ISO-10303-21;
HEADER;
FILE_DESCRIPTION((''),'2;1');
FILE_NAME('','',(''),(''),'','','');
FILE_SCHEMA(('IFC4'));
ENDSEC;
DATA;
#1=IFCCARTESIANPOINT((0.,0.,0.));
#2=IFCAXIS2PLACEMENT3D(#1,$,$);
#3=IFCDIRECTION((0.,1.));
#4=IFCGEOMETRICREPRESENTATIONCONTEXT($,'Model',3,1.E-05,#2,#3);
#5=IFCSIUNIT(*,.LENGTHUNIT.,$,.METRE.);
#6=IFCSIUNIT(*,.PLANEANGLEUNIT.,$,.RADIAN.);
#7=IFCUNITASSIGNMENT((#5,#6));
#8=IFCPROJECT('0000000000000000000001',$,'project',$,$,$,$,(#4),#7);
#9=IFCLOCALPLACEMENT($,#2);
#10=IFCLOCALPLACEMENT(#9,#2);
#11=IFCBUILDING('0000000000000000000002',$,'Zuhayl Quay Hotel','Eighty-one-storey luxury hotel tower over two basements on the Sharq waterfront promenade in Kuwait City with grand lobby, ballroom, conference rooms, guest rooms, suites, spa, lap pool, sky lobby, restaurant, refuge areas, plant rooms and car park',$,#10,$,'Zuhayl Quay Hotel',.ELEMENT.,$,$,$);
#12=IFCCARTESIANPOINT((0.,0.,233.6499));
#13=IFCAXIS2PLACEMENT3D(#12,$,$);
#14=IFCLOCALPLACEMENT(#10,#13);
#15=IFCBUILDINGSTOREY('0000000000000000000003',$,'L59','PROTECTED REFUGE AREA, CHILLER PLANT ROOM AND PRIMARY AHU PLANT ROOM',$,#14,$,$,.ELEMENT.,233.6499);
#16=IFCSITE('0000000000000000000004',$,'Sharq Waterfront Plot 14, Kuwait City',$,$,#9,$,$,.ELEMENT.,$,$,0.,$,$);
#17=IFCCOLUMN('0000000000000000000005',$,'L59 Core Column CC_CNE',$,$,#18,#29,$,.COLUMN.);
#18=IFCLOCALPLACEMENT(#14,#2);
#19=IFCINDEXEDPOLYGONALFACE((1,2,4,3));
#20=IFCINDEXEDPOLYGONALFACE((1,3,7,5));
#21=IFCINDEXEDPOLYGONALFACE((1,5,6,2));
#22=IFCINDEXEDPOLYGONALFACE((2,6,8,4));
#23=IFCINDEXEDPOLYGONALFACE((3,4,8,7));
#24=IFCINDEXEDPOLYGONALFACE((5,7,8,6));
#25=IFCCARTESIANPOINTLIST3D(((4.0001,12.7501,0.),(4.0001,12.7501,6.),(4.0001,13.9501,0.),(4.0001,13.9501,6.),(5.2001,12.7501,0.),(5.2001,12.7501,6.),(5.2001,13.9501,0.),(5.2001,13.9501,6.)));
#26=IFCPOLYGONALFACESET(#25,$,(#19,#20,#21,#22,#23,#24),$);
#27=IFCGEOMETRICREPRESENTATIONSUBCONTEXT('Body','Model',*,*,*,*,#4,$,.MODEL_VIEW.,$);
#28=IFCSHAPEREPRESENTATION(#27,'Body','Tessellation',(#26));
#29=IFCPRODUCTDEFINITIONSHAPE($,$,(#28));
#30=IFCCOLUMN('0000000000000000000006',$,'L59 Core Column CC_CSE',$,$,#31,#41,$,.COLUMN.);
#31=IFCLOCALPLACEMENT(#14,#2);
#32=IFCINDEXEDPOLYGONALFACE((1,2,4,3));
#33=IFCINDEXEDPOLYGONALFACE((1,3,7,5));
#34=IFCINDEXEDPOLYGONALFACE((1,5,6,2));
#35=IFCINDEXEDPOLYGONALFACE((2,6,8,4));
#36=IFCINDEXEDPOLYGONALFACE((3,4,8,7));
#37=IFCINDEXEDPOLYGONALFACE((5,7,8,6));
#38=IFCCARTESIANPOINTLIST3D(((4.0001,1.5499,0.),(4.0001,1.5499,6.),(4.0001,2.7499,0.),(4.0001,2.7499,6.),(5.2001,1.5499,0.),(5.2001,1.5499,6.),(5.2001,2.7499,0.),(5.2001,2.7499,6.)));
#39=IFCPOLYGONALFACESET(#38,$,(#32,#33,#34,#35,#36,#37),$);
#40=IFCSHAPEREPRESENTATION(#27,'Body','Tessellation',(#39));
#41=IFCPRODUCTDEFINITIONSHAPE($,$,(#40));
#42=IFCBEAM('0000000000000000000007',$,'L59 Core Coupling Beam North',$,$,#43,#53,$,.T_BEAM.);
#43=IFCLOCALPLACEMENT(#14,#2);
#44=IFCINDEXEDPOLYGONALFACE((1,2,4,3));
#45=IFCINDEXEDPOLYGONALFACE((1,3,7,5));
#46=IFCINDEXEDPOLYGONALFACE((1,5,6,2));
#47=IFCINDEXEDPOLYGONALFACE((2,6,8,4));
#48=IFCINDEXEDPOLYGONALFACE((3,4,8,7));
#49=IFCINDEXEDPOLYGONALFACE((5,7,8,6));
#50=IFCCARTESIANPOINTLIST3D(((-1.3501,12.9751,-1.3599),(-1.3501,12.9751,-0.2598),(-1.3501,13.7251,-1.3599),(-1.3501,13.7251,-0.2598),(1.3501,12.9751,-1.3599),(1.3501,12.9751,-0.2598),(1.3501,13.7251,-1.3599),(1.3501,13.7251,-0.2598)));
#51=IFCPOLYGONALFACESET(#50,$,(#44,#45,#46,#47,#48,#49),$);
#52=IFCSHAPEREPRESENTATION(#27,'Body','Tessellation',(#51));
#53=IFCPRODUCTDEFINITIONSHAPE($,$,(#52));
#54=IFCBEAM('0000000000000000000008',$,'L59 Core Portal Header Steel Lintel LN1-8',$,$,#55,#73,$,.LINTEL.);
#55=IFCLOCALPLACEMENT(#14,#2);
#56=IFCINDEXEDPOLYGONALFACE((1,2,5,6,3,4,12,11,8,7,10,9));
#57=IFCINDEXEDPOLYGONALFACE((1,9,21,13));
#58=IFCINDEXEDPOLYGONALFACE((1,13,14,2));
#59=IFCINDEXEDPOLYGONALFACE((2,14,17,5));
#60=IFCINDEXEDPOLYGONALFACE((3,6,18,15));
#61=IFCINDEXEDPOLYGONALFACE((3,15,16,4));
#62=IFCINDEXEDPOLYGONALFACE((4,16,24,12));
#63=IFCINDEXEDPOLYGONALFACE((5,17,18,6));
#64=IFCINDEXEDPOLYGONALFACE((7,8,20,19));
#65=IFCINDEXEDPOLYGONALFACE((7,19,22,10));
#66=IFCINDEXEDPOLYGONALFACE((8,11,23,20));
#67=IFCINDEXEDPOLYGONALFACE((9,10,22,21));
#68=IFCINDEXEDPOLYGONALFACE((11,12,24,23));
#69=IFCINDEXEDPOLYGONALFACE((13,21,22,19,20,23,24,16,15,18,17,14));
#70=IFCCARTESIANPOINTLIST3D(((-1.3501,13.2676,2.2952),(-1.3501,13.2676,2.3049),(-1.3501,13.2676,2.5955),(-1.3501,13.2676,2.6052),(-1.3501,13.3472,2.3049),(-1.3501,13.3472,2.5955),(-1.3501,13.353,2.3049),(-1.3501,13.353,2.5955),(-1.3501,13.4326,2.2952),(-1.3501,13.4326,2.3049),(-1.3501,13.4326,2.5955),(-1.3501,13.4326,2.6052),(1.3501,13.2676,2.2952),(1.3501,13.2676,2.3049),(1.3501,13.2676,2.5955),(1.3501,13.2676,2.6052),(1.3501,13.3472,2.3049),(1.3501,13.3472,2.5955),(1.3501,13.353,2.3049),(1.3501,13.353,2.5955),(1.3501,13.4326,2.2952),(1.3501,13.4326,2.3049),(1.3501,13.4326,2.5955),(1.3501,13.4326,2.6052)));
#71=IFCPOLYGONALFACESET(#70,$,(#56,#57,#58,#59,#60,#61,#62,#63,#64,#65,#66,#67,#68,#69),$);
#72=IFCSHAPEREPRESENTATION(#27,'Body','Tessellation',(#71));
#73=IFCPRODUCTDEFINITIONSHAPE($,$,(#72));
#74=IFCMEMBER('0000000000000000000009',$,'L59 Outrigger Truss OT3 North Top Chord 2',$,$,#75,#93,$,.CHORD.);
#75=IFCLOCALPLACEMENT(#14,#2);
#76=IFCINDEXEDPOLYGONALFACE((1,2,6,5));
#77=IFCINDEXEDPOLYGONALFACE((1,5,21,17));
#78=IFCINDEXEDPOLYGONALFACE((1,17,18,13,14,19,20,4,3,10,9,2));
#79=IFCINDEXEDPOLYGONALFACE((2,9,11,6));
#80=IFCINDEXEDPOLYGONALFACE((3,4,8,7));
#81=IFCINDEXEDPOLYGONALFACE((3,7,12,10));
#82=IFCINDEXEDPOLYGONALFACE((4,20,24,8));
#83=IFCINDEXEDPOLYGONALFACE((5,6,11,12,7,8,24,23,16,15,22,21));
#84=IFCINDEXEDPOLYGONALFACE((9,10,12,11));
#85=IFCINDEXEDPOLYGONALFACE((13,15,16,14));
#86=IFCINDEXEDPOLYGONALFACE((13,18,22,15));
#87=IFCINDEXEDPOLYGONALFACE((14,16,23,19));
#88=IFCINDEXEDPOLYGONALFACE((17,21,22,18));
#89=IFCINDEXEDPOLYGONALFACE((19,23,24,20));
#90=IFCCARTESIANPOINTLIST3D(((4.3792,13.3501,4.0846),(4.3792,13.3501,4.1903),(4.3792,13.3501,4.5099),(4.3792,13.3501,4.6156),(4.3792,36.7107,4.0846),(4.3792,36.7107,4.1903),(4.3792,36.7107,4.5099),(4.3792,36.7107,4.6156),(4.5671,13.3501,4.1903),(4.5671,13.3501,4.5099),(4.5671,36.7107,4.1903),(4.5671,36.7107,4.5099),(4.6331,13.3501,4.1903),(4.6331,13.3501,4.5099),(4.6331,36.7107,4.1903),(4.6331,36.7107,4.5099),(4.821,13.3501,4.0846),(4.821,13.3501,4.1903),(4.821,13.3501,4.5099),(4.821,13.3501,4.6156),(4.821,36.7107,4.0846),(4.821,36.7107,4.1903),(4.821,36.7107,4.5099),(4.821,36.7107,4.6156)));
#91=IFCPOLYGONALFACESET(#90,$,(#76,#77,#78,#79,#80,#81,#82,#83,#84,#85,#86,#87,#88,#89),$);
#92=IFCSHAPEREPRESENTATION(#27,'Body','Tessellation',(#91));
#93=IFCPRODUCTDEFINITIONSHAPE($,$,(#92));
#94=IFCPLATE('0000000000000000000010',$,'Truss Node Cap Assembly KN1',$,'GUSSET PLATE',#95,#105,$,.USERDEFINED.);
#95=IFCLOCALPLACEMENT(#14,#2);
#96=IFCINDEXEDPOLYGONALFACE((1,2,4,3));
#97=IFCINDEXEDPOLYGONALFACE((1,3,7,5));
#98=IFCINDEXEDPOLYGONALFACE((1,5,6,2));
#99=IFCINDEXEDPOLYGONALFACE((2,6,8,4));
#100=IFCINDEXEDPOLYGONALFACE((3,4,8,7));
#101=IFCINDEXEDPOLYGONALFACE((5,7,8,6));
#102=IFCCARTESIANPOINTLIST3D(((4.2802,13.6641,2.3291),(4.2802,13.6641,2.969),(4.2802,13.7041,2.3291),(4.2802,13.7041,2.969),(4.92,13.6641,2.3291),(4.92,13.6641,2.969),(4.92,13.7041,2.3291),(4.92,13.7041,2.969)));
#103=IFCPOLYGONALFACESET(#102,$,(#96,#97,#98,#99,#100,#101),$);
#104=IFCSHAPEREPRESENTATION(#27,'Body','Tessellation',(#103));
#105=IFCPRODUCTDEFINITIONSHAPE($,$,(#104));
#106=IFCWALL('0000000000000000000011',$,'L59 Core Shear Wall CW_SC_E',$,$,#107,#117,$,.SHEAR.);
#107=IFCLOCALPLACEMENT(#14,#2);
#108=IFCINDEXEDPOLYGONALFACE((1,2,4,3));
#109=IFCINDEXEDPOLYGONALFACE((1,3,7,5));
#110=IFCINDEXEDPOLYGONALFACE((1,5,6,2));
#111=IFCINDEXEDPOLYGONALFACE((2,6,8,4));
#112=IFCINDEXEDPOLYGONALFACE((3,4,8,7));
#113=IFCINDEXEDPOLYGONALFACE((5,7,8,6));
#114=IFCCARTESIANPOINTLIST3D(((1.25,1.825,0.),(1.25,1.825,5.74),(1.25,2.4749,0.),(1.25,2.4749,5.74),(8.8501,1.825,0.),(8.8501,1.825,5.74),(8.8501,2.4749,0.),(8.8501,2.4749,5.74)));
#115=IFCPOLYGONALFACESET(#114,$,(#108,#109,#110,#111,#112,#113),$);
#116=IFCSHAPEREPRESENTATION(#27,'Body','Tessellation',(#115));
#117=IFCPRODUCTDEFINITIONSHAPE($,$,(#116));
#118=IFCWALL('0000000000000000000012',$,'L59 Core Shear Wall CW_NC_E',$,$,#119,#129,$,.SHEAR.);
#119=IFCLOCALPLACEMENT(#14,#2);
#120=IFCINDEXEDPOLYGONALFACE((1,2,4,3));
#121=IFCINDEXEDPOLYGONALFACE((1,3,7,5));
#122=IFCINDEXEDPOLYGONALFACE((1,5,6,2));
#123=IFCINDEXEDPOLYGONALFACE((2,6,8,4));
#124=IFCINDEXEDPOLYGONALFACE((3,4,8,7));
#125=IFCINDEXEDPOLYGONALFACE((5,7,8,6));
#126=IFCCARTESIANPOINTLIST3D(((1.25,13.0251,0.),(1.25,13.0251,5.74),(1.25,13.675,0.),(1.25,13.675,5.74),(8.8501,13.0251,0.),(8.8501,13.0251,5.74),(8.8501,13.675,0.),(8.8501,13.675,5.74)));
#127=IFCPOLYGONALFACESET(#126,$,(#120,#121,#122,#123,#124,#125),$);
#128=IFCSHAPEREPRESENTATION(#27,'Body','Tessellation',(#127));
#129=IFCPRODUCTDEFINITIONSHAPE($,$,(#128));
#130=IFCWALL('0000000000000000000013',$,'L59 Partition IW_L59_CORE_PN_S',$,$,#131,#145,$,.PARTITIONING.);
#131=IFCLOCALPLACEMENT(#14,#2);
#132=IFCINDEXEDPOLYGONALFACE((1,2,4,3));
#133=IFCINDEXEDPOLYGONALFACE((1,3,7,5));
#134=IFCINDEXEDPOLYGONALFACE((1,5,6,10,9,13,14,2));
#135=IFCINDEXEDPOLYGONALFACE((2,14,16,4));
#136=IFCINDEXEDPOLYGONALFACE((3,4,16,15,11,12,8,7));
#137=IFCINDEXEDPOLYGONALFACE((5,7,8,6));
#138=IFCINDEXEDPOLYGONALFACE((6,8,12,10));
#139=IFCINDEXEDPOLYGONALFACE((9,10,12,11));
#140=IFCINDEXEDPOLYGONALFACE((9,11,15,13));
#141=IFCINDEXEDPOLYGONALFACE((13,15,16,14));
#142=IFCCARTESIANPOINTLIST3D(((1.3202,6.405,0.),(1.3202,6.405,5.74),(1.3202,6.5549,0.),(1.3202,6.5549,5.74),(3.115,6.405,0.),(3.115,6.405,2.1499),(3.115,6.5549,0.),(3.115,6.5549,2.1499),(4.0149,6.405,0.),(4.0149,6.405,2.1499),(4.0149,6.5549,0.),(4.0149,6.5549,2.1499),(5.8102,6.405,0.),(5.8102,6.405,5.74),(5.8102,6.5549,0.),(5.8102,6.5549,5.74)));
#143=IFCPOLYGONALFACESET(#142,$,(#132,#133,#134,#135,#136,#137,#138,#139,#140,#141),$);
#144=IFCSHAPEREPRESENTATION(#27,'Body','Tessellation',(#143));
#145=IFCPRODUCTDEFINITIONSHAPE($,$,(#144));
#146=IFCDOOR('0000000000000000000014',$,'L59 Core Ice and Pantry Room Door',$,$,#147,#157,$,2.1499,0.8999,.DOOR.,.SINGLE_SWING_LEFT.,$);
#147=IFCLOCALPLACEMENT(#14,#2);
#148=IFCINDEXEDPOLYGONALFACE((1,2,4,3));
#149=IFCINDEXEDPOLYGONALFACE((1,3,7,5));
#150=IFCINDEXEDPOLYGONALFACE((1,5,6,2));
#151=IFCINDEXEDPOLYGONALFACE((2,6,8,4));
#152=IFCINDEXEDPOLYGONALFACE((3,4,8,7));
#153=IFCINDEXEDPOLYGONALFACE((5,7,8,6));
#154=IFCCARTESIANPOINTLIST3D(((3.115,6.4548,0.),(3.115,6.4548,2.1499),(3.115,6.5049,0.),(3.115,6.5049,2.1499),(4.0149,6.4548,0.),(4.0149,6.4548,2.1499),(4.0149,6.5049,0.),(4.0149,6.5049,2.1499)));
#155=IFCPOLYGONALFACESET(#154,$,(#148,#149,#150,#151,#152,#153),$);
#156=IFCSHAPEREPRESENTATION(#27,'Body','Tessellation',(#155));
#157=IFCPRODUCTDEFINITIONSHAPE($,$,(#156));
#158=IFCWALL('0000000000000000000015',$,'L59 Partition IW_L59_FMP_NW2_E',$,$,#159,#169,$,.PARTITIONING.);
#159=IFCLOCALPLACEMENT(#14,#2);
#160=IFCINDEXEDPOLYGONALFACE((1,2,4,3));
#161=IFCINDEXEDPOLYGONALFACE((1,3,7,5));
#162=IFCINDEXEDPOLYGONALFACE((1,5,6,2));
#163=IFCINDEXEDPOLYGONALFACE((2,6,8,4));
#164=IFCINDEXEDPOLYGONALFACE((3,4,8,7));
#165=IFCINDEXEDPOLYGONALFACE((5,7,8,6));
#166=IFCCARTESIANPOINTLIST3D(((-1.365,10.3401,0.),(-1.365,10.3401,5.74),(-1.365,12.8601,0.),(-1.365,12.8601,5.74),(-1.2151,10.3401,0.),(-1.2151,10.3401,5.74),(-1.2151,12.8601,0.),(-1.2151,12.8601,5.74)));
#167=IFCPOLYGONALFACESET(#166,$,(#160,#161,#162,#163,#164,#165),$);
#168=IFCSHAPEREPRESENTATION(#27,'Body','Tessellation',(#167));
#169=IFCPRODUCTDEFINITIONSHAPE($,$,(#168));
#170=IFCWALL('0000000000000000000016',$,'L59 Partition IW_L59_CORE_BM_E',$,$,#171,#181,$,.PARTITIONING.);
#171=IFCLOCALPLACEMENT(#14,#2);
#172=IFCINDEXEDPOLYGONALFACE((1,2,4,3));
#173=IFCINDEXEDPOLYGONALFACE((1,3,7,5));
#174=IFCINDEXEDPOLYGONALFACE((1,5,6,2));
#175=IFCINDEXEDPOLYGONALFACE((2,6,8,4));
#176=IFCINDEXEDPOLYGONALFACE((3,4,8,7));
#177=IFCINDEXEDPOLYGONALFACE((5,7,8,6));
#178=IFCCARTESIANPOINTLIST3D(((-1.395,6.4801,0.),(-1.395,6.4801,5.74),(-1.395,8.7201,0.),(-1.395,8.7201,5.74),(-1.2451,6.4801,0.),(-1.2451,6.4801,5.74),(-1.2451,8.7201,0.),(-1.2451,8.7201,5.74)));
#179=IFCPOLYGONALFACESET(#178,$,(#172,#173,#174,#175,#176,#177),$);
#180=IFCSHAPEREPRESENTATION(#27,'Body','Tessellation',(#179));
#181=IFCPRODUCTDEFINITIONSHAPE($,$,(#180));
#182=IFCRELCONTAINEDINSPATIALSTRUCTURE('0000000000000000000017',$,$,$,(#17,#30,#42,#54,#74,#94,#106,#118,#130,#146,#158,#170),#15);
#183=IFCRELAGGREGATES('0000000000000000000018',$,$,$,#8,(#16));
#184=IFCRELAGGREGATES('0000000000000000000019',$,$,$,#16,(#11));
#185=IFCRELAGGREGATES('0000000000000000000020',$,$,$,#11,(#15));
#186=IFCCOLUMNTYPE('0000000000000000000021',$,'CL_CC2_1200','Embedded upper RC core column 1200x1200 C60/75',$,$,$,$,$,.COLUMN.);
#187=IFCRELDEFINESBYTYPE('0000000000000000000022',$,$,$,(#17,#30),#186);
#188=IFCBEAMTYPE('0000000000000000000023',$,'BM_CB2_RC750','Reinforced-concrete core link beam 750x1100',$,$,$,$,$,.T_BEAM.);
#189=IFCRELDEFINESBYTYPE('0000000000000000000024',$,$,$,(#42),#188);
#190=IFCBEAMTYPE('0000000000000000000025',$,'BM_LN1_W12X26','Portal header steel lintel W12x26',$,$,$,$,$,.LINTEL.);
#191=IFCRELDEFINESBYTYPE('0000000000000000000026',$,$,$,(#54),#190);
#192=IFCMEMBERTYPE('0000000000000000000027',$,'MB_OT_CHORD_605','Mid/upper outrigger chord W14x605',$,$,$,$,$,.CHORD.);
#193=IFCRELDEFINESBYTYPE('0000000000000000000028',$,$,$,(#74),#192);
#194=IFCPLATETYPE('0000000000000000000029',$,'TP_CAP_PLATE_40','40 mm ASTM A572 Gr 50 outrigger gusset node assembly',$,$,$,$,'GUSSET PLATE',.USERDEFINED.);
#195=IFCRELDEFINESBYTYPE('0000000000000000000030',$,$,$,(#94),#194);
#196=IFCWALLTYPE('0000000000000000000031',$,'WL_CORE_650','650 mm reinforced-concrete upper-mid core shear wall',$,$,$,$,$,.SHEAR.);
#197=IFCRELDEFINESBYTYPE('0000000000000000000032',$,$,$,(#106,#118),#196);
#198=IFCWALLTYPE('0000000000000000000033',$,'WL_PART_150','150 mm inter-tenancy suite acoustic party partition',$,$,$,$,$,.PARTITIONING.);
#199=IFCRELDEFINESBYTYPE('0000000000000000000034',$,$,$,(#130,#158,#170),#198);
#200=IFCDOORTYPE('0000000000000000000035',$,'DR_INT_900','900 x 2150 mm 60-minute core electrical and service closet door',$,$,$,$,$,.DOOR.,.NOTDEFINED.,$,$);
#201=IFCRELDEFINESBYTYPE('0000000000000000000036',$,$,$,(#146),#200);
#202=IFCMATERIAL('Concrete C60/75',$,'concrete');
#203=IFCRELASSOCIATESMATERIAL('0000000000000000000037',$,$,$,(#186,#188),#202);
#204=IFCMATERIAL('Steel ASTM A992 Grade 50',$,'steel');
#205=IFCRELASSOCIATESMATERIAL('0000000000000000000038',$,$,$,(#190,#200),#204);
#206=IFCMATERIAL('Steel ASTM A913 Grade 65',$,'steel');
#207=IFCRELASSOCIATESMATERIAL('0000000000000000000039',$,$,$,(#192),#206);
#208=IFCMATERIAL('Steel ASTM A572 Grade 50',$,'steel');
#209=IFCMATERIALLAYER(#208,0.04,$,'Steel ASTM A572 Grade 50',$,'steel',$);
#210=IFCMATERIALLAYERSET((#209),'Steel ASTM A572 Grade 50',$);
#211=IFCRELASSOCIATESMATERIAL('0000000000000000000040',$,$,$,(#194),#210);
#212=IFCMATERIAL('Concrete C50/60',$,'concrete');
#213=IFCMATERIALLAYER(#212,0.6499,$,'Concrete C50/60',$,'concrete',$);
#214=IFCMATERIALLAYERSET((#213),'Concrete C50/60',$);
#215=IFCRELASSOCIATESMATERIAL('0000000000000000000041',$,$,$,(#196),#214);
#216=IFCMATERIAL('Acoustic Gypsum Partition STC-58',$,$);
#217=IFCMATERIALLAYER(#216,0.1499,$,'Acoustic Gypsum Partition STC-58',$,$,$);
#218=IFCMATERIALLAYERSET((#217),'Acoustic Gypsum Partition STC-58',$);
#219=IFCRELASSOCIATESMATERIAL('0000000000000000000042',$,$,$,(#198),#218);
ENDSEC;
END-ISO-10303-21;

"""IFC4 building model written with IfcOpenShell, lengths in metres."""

from ifc_helpers import new_model, si_unit, direction, frame, frame_2d, origin, origin_2d, place, context, subcontext, project, spatial, rectangle, i_section, extrude, material, layer, layer_set, material_profile, profile_set, type_object, element, fill, save


model = new_model("IFC4")

# Units and contexts
model_context = context("Model", 3, precision=1e-05, world=origin(), true_north=direction((0.0, 1.0)))
body_context = subcontext(model_context, "Body", "Model", "MODEL_VIEW")
ifc_project = project(units=[si_unit("LENGTHUNIT", "METRE"), si_unit("PLANEANGLEUNIT", "RADIAN")], contexts=[model_context])

# Site, building, storey
site_placement = place(None, origin())
site = spatial("IfcSite", under=ifc_project, at=site_placement, Name="Sharq Waterfront Plot 14, Kuwait City", CompositionType="ELEMENT", RefElevation=0.0)
building_placement = place(site_placement, origin())
building = spatial("IfcBuilding", under=site, at=building_placement, Name="Zuhayl Quay Hotel", Description="Eighty-one-storey luxury hotel tower over two basements on the Sharq waterfront promenade in Kuwait City with grand lobby, ballroom, conference rooms, guest rooms, suites, spa, lap pool, sky lobby, restaurant, refuge areas, plant rooms and car park", LongName="Zuhayl Quay Hotel", CompositionType="ELEMENT")
storey_placement = place(building_placement, frame((0.0, 0.0, 233.6499)))
storey = spatial("IfcBuildingStorey", under=building, at=storey_placement, Name="L59", Description="PROTECTED REFUGE AREA, CHILLER PLANT ROOM AND PRIMARY AHU PLANT ROOM", CompositionType="ELEMENT", Elevation=233.6499)

# Columns
ifc_material_1 = material(Name="Concrete C60/75", Category="concrete")
ifc_material_profile_1 = material_profile(ifc_material_1, rectangle(XDim=1.2, YDim=1.2, at=origin_2d()), Name="RC1200X1200")
ifc_profile_set_1 = profile_set([ifc_material_profile_1], Name="Concrete C60/75")
column_type = type_object("IfcColumnType", Name="CL_CC2_1200", Description="Embedded upper RC core column 1200x1200 C60/75", PredefinedType="COLUMN", material=ifc_profile_set_1)
for number, where, z_axis, x_axis, name in (
    (1, (4.6001, 13.3501, 0.0), (0.0, 0.0, 1.0), (1.0, 0.0, 0.0), "L59 Core Column CC_CNE"),
    (2, (4.6001, 2.1499, 0.0), (0.0, 0.0, 1.0), (1.0, 0.0, 0.0), "L59 Core Column CC_CSE"),
):
    element("IfcColumn", number, at=place(storey_placement, frame(where, z_axis=z_axis, x_axis=x_axis)), inside=storey, type_object=column_type, Name=name, PredefinedType="COLUMN", context=body_context, shape_type="SweptSolid", body=[
        extrude(rectangle(XDim=1.2, YDim=1.2, at=origin_2d()), origin(), (0.0, 0.0, 1.0), 6.0),
    ])

# Beams
ifc_material_profile_2 = material_profile(ifc_material_1, rectangle(XDim=0.75, YDim=1.1001, at=origin_2d()), Name="RC750X1100")
ifc_profile_set_2 = profile_set([ifc_material_profile_2], Name="Concrete C60/75")
beam_type_1 = type_object("IfcBeamType", Name="BM_CB2_RC750", Description="Reinforced-concrete core link beam 750x1100", PredefinedType="T_BEAM", material=ifc_profile_set_2)
beam_1_placement = place(storey_placement, frame((-1.3501, 13.3501, -0.8098), z_axis=(1.0, 0.0, 0.0), x_axis=(0.0, 1.0, 0.0)))
element("IfcBeam", 3, at=beam_1_placement, inside=storey, type_object=beam_type_1, Name="L59 Core Coupling Beam North", PredefinedType="T_BEAM", context=body_context, shape_type="SweptSolid", body=[
    extrude(rectangle(XDim=0.75, YDim=1.1001, at=origin_2d()), origin(), (0.0, 0.0, 1.0), 2.7002),
])
ifc_material_2 = material(Name="Steel ASTM A992 Grade 50", Category="steel")
ifc_material_profile_3 = material_profile(ifc_material_2, i_section(OverallWidth=0.165, OverallDepth=0.3101, WebThickness=0.0059, FlangeThickness=0.0098, at=origin_2d()), Name="W12X26")
ifc_profile_set_3 = profile_set([ifc_material_profile_3], Name="Steel ASTM A992 Grade 50")
beam_type_2 = type_object("IfcBeamType", Name="BM_LN1_W12X26", Description="Portal header steel lintel W12x26", PredefinedType="LINTEL", material=ifc_profile_set_3)
beam_2_placement = place(storey_placement, frame((-1.3501, 13.3501, 2.4502), z_axis=(1.0, 0.0, 0.0), x_axis=(0.0, 1.0, 0.0)))
element("IfcBeam", 4, at=beam_2_placement, inside=storey, type_object=beam_type_2, Name="L59 Core Portal Header Steel Lintel LN1-8", PredefinedType="LINTEL", context=body_context, shape_type="SweptSolid", body=[
    extrude(i_section(OverallWidth=0.165, OverallDepth=0.3101, WebThickness=0.0059, FlangeThickness=0.0098, at=origin_2d()), origin(), (0.0, 0.0, 1.0), 2.7002),
])

# Member
ifc_material_3 = material(Name="Steel ASTM A913 Grade 65", Category="steel")
ifc_material_profile_4 = material_profile(ifc_material_3, i_section(OverallWidth=0.4419, OverallDepth=0.531, WebThickness=0.0659, FlangeThickness=0.1057, at=origin_2d()), Name="W14X605")
ifc_profile_set_4 = profile_set([ifc_material_profile_4], Name="Steel ASTM A913 Grade 65")
member_type = type_object("IfcMemberType", Name="MB_OT_CHORD_605", Description="Mid/upper outrigger chord W14x605", PredefinedType="CHORD", material=ifc_profile_set_4)
member_placement = place(storey_placement, frame((4.6001, 13.3501, 4.3501), z_axis=(0.0, 1.0, 0.0), x_axis=(-1.0, 0.0, 0.0)))
element("IfcMember", 5, at=member_placement, inside=storey, type_object=member_type, Name="L59 Outrigger Truss OT3 North Top Chord 2", PredefinedType="CHORD", context=body_context, shape_type="SweptSolid", body=[
    extrude(i_section(OverallWidth=0.4419, OverallDepth=0.531, WebThickness=0.0659, FlangeThickness=0.1057, at=origin_2d()), origin(), (0.0, 0.0, 1.0), 23.3606),
])

# Plate
ifc_material_4 = material(Name="Steel ASTM A572 Grade 50", Category="steel")
ifc_layer_1 = layer(ifc_material_4, 0.04, Name="Steel ASTM A572 Grade 50", Category="steel")
ifc_layer_set_1 = layer_set([ifc_layer_1], Name="Steel ASTM A572 Grade 50")
plate_type = type_object("IfcPlateType", Name="TP_CAP_PLATE_40", Description="40 mm ASTM A572 Gr 50 outrigger gusset node assembly", ElementType="GUSSET PLATE", PredefinedType="USERDEFINED", material=ifc_layer_set_1)
plate_placement = place(storey_placement, frame((4.6001, 13.6841, 2.3291), z_axis=(0.0, 0.0, 1.0), x_axis=(0.0, -1.0, 0.0)))
element("IfcPlate", 6, at=plate_placement, inside=storey, type_object=plate_type, Name="Truss Node Cap Assembly KN1", ObjectType="GUSSET PLATE", PredefinedType="USERDEFINED", context=body_context, shape_type="SweptSolid", body=[
    extrude(rectangle(XDim=0.04, YDim=0.6399, at=origin_2d()), origin(), (0.0, 0.0, 1.0), 0.6399),
])

# Walls
ifc_material_5 = material(Name="Concrete C50/60", Category="concrete")
ifc_layer_2 = layer(ifc_material_5, 0.6499, Name="Concrete C50/60", Category="concrete")
ifc_layer_set_2 = layer_set([ifc_layer_2], Name="Concrete C50/60")
wall_type_1 = type_object("IfcWallType", Name="WL_CORE_650", Description="650 mm reinforced-concrete upper-mid core shear wall", PredefinedType="SHEAR", material=ifc_layer_set_2)
for number, where, z_axis, x_axis, name in (
    (7, (1.25, 2.1499, 0.0), (0.0, 0.0, 1.0), (1.0, 0.0, 0.0), "L59 Core Shear Wall CW_SC_E"),
    (8, (1.25, 13.3501, 0.0), (0.0, 0.0, 1.0), (1.0, 0.0, 0.0), "L59 Core Shear Wall CW_NC_E"),
):
    element("IfcWall", number, at=place(storey_placement, frame(where, z_axis=z_axis, x_axis=x_axis)), inside=storey, type_object=wall_type_1, Name=name, PredefinedType="SHEAR", context=body_context, shape_type="SweptSolid", body=[
        extrude(rectangle(XDim=7.6001, YDim=0.6499, at=frame_2d((3.8, 0.0))), origin(), (0.0, 0.0, 1.0), 5.74),
    ])

# Wall, opening, door
ifc_material_6 = material(Name="Acoustic Gypsum Partition STC-58")
ifc_layer_3 = layer(ifc_material_6, 0.1499, Name="Acoustic Gypsum Partition STC-58")
ifc_layer_set_3 = layer_set([ifc_layer_3], Name="Acoustic Gypsum Partition STC-58")
wall_type_2 = type_object("IfcWallType", Name="WL_PART_150", Description="150 mm inter-tenancy suite acoustic party partition", PredefinedType="PARTITIONING", material=ifc_layer_set_3)
wall_1_placement = place(storey_placement, frame((1.3201, 6.48, 0.0), z_axis=(0.0, 0.0, 1.0), x_axis=(1.0, 0.0, 0.0)))
wall_1 = element("IfcWall", 9, at=wall_1_placement, inside=storey, type_object=wall_type_2, Name="L59 Partition IW_L59_CORE_PN_S", PredefinedType="PARTITIONING", context=body_context, shape_type="SweptSolid", body=[
    extrude(rectangle(XDim=4.49, YDim=0.1499, at=frame_2d((2.2451, 0.0))), origin(), (0.0, 0.0, 1.0), 5.74),
])
opening_placement = place(wall_1_placement, frame((1.7949, 0.0, 0.0)))
opening = element("IfcOpeningElement", 10, at=opening_placement, cuts=wall_1, PredefinedType="OPENING", context=body_context, shape_type="SweptSolid", body=[
    extrude(rectangle(XDim=0.8999, YDim=2.1499, at=frame_2d((0.45, 1.075))), frame((0.0, 0.085, 0.0), z_axis=(0.0, -1.0, 0.0), x_axis=(1.0, 0.0, 0.0)), (0.0, 0.0, 1.0), 0.1699),
])
door_type = type_object("IfcDoorType", Name="DR_INT_900", Description="900 x 2150 mm 60-minute core electrical and service closet door", OperationType="NOTDEFINED", PredefinedType="DOOR", material=ifc_material_2)
door_placement = place(opening_placement, origin())
door = element("IfcDoor", 11, at=door_placement, inside=storey, type_object=door_type, Name="L59 Core Ice and Pantry Room Door", OperationType="SINGLE_SWING_LEFT", OverallHeight=2.1499, OverallWidth=0.8999, PredefinedType="DOOR", context=body_context, shape_type="SweptSolid", body=[
    extrude(rectangle(XDim=0.8999, YDim=2.1499, at=frame_2d((0.45, 1.075))), frame((0.0, 0.0249, 0.0), z_axis=(0.0, -1.0, 0.0), x_axis=(1.0, 0.0, 0.0)), (0.0, 0.0, 1.0), 0.05),
])
fill(opening, door)

# Walls
wall_2_placement = place(storey_placement, frame((-1.29, 10.3401, 0.0), z_axis=(0.0, 0.0, 1.0), x_axis=(0.0, 1.0, 0.0)))
element("IfcWall", 12, at=wall_2_placement, inside=storey, type_object=wall_type_2, Name="L59 Partition IW_L59_FMP_NW2_E", PredefinedType="PARTITIONING", context=body_context, shape_type="SweptSolid", body=[
    extrude(rectangle(XDim=2.52, YDim=0.1499, at=frame_2d((1.26, 0.0))), origin(), (0.0, 0.0, 1.0), 5.74),
])
wall_3_placement = place(storey_placement, frame((-1.3201, 6.48, 0.0), z_axis=(0.0, 0.0, 1.0), x_axis=(0.0, 1.0, 0.0)))
element("IfcWall", 13, at=wall_3_placement, inside=storey, type_object=wall_type_2, Name="L59 Partition IW_L59_CORE_BM_E", PredefinedType="PARTITIONING", context=body_context, shape_type="SweptSolid", body=[
    extrude(rectangle(XDim=2.24, YDim=0.1499, at=frame_2d((1.1201, 0.0))), origin(), (0.0, 0.0, 1.0), 5.74),
])

save(model, "model.ifc")
